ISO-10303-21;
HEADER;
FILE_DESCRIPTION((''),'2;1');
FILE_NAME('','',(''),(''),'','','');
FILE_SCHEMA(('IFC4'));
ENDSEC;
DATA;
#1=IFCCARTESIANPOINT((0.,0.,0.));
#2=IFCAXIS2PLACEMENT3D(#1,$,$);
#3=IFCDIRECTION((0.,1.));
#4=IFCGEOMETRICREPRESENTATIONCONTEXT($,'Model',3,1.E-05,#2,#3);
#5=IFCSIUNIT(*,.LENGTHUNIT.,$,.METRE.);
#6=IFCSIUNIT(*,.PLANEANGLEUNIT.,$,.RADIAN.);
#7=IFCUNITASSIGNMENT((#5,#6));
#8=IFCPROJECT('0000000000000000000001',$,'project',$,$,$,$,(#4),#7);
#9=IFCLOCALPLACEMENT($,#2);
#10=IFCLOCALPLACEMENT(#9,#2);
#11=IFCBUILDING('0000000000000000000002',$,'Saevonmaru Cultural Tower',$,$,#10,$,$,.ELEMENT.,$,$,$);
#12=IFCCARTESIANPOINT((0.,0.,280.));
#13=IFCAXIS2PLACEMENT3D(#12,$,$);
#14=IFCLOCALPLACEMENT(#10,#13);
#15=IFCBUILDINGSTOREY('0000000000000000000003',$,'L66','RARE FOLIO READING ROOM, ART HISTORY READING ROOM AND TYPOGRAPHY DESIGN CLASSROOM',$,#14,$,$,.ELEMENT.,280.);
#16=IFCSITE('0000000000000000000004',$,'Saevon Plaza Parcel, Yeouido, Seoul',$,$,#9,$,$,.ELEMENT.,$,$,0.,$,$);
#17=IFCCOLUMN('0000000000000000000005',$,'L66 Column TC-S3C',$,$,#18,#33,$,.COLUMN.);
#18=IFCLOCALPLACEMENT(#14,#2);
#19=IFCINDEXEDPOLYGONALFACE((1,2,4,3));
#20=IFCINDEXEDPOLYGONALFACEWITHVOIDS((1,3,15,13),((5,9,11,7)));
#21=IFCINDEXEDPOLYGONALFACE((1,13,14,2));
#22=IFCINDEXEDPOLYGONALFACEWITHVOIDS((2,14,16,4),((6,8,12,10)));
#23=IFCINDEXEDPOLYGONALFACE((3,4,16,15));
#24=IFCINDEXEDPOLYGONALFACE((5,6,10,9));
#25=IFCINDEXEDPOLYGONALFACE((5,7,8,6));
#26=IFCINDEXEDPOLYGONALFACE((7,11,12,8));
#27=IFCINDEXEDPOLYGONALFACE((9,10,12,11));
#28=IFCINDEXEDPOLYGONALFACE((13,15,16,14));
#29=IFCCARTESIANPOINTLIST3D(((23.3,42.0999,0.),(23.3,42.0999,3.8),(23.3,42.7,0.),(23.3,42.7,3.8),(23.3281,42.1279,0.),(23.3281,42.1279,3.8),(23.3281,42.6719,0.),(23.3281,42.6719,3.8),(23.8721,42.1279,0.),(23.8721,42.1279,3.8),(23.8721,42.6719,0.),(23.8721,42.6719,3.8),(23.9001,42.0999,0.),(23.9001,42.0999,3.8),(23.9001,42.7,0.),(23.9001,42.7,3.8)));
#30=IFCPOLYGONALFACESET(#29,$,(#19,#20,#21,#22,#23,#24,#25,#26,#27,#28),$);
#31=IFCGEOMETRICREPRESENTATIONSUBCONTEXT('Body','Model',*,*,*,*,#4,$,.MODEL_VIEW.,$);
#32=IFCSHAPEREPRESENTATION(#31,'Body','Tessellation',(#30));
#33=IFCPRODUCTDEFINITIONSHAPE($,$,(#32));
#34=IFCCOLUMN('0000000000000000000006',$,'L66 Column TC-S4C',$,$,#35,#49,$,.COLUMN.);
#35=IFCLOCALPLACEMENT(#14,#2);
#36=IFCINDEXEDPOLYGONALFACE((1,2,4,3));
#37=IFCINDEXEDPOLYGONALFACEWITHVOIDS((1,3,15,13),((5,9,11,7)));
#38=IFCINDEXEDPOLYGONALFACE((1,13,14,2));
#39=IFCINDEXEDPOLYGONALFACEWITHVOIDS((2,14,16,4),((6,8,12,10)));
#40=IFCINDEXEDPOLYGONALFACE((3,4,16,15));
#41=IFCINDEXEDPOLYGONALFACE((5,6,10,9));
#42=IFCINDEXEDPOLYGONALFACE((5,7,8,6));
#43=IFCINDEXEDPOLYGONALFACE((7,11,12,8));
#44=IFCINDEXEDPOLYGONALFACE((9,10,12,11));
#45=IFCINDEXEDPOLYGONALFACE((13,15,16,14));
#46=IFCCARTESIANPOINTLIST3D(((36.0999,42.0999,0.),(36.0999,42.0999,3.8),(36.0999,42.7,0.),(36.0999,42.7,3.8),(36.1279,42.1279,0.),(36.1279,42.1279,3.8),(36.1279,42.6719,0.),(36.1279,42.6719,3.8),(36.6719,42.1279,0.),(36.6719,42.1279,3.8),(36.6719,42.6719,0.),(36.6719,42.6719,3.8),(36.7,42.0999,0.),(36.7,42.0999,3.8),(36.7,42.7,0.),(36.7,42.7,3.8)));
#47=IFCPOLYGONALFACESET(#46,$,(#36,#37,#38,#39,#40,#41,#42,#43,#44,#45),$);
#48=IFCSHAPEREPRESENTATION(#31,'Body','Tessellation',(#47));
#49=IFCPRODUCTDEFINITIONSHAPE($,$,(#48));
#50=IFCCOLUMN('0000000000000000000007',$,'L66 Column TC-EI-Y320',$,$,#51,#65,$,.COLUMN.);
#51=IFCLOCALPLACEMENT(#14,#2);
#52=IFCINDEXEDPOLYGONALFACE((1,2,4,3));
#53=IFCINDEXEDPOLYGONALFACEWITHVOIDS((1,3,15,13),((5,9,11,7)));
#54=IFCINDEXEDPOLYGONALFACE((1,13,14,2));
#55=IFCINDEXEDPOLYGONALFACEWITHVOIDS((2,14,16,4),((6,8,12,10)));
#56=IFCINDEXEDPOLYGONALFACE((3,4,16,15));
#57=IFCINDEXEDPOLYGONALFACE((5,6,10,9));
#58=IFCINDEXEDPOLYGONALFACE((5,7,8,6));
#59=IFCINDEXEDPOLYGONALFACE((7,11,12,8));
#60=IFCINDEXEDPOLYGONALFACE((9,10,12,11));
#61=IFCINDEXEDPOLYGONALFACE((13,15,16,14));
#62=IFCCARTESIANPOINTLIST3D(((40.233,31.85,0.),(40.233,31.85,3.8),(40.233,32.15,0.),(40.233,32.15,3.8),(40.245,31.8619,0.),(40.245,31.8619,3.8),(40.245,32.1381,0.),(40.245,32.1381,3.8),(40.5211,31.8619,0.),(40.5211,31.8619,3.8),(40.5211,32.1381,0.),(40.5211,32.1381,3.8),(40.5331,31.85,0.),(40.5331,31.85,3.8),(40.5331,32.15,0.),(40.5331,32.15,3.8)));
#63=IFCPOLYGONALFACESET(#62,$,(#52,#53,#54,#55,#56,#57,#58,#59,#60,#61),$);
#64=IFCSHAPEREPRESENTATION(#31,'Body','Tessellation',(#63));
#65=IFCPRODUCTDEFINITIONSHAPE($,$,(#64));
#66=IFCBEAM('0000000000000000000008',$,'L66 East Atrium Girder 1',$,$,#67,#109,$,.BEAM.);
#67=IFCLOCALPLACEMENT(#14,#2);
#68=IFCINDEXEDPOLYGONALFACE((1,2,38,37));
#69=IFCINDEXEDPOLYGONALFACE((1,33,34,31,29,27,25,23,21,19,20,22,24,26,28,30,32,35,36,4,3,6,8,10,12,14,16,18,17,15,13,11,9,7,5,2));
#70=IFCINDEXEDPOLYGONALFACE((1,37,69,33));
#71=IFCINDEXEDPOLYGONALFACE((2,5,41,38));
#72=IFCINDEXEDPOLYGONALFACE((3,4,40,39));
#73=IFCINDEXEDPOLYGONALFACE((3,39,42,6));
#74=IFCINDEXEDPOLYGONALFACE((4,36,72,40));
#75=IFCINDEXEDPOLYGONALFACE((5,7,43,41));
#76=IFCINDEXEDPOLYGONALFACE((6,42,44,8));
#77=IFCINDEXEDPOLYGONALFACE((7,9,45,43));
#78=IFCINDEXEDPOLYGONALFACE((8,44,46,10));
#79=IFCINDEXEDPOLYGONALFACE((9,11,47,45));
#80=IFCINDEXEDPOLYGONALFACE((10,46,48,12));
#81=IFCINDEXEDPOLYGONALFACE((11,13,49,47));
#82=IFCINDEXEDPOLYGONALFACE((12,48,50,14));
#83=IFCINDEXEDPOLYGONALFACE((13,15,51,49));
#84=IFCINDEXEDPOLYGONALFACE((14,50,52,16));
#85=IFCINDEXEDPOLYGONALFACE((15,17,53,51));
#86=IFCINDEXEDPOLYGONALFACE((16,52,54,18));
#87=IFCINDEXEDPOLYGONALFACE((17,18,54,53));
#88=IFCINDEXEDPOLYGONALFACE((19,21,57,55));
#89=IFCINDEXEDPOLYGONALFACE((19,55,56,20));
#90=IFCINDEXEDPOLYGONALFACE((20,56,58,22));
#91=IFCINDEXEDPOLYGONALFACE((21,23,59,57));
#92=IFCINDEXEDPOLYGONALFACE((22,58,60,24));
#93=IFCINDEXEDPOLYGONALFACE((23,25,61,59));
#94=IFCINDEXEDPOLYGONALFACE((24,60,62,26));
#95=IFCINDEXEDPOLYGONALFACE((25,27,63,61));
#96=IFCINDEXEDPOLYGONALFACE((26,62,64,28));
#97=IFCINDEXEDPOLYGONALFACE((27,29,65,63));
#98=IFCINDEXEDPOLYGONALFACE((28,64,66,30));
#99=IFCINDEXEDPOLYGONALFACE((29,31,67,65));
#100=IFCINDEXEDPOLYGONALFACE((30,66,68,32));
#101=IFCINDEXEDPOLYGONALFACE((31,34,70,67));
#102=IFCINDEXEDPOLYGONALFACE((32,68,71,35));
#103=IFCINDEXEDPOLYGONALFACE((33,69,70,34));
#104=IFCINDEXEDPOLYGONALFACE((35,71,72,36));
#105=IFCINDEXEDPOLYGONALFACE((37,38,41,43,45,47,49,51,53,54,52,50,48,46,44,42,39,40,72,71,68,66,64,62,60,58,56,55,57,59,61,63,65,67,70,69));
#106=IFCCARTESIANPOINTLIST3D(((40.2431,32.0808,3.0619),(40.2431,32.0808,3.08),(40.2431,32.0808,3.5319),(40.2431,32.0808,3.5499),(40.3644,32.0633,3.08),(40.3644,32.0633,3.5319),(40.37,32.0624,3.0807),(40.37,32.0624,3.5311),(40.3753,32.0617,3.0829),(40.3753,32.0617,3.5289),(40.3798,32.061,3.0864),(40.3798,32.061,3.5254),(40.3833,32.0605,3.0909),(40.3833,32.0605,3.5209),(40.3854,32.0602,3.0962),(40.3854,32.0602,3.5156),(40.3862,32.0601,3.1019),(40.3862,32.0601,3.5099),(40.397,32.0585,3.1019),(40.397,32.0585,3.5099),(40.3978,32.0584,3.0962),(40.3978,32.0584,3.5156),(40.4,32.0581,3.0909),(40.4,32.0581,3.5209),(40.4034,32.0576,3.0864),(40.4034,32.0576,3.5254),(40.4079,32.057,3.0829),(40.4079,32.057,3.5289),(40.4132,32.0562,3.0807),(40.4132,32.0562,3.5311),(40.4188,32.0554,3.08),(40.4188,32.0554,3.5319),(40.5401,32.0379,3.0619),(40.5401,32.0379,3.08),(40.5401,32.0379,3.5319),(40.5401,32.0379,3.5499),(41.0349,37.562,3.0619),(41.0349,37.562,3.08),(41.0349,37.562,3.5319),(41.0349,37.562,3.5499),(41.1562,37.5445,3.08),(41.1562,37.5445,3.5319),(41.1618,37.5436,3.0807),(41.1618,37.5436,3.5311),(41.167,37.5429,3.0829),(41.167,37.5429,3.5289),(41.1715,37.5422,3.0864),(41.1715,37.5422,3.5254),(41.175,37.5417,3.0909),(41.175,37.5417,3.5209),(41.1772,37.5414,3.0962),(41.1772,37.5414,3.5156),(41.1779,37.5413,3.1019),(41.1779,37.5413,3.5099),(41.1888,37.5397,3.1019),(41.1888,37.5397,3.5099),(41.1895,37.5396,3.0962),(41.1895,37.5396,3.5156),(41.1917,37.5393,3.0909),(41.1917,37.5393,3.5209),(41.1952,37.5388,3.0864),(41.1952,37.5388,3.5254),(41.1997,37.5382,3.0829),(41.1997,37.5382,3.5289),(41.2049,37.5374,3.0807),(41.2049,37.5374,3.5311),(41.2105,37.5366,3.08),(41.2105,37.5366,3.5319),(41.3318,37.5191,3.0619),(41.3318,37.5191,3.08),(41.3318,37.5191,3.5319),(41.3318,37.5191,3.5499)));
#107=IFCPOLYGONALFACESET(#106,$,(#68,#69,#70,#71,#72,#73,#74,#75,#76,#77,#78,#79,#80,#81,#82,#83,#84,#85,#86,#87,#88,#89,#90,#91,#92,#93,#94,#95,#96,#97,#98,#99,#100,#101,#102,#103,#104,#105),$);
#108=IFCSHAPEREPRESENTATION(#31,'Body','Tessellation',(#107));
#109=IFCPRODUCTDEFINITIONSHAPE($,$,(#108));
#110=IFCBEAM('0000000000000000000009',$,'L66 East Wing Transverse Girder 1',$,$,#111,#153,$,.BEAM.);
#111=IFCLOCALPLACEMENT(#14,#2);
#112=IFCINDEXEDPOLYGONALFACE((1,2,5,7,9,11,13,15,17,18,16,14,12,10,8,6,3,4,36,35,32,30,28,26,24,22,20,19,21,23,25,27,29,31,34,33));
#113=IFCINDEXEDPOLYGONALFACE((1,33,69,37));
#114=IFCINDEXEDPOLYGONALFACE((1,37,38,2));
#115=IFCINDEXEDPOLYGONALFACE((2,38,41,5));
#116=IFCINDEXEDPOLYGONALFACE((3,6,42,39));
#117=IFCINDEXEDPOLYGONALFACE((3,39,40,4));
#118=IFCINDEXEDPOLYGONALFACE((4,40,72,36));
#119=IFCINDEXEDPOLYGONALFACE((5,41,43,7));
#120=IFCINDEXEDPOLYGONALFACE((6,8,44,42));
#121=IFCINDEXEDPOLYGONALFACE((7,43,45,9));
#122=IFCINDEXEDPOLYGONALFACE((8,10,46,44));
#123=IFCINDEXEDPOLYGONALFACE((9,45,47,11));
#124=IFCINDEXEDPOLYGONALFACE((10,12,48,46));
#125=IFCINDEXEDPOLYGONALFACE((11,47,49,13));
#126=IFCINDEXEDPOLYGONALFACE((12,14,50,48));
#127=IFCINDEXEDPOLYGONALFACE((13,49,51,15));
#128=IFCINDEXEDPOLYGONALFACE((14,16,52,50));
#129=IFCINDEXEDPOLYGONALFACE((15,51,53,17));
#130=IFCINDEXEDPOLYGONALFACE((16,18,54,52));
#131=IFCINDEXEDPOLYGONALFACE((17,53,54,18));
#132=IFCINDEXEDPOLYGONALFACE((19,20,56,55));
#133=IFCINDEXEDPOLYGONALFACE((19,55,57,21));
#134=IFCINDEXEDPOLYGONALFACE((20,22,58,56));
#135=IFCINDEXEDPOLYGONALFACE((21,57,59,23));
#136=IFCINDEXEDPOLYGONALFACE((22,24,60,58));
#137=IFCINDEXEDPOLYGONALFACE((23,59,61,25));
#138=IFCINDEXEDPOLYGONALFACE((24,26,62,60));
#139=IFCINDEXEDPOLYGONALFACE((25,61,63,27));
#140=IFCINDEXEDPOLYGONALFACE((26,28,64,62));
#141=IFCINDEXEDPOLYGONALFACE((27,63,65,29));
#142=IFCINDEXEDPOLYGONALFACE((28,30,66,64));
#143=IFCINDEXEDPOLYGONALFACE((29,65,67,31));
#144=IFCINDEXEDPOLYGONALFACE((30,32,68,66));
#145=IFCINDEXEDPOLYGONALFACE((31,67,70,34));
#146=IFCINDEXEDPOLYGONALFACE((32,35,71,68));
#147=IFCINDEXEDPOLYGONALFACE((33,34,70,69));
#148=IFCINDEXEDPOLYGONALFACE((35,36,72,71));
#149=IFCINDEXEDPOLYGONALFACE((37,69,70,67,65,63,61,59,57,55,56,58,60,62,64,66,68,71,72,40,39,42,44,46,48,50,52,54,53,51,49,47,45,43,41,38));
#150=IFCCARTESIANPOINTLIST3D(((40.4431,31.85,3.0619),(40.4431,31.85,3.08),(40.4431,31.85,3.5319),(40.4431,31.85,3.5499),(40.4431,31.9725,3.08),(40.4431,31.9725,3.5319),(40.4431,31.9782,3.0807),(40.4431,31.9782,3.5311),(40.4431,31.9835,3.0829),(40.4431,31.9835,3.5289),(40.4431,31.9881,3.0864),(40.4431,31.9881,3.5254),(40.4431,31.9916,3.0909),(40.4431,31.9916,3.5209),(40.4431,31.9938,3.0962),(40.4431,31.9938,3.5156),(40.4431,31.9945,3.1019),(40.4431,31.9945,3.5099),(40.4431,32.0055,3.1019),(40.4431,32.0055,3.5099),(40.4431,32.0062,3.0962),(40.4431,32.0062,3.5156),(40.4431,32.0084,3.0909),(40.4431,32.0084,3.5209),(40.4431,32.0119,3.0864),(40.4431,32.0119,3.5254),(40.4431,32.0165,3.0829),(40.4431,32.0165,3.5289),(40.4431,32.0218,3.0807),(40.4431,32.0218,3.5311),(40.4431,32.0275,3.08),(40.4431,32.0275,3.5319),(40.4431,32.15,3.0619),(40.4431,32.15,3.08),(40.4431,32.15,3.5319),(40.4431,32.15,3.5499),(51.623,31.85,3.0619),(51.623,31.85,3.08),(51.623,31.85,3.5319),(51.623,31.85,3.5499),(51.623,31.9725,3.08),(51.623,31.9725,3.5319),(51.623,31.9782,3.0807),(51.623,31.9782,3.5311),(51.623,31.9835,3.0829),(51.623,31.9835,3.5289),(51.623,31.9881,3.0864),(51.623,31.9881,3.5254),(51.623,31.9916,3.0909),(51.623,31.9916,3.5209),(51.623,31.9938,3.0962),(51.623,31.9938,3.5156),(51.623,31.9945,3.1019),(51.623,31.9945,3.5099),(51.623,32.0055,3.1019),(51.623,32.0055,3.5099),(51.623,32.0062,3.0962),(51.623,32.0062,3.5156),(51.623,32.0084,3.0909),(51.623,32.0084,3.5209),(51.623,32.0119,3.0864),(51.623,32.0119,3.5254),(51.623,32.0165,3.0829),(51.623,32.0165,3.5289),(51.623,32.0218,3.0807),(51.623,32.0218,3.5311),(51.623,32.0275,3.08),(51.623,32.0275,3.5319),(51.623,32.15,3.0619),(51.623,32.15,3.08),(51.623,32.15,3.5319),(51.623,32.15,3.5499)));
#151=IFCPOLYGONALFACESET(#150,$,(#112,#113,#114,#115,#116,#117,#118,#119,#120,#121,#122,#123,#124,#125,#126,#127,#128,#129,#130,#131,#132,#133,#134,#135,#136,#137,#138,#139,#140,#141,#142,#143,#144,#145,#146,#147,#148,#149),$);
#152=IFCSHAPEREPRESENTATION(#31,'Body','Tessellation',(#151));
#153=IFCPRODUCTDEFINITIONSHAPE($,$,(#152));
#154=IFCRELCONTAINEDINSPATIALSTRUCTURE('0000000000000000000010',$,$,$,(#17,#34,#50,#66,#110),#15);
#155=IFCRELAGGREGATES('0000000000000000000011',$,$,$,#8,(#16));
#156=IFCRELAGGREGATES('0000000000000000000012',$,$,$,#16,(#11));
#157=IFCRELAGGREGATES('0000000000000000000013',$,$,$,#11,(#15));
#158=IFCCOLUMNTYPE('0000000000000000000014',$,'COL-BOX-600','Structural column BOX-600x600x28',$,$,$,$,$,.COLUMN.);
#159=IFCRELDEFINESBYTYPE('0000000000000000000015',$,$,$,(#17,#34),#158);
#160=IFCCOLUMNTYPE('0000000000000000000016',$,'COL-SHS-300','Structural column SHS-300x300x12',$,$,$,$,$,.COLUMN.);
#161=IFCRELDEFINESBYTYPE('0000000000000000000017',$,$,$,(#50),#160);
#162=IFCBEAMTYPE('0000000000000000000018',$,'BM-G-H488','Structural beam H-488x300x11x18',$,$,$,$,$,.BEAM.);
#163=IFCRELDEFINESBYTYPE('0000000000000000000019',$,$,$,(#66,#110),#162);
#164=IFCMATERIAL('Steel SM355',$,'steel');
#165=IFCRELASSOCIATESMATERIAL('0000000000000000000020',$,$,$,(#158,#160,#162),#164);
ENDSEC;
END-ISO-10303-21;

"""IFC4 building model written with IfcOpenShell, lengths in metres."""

from ifc_helpers import new_model, si_unit, direction, frame, origin, origin_2d, place, context, subcontext, project, spatial, hollow_rectangle, i_section, extrude, material, material_profile, profile_set, type_object, element, save


model = new_model("IFC4")

# Units and contexts
model_context = context("Model", 3, precision=1e-05, world=origin(), true_north=direction((0.0, 1.0)))
body_context = subcontext(model_context, "Body", "Model", "MODEL_VIEW")
ifc_project = project(units=[si_unit("LENGTHUNIT", "METRE"), si_unit("PLANEANGLEUNIT", "RADIAN")], contexts=[model_context])

# Site, building, storey
site_placement = place(None, origin())
site = spatial("IfcSite", under=ifc_project, at=site_placement, Name="Saevon Plaza Parcel, Yeouido, Seoul", CompositionType="ELEMENT", RefElevation=0.0)
building_placement = place(site_placement, origin())
building = spatial("IfcBuilding", under=site, at=building_placement, Name="Saevonmaru Cultural Tower", CompositionType="ELEMENT")
storey_placement = place(building_placement, frame((0.0, 0.0, 280.0)))
storey = spatial("IfcBuildingStorey", under=building, at=storey_placement, Name="L66", Description="RARE FOLIO READING ROOM, ART HISTORY READING ROOM AND TYPOGRAPHY DESIGN CLASSROOM", CompositionType="ELEMENT", Elevation=280.0)

# Columns
ifc_material_1 = material(Name="Steel SM355", Category="steel")
ifc_material_profile_1 = material_profile(ifc_material_1, hollow_rectangle(XDim=0.6001, YDim=0.6001, WallThickness=0.0281, at=origin_2d()), Name="BOX-600x600x28")
ifc_profile_set_1 = profile_set([ifc_material_profile_1], Name="Steel SM355")
column_type_1 = type_object("IfcColumnType", Name="COL-BOX-600", Description="Structural column BOX-600x600x28", PredefinedType="COLUMN", material=ifc_profile_set_1)
for number, where, z_axis, x_axis, name in (
    (1, (23.6001, 42.3999, 0.0), (0.0, 0.0, 1.0), (1.0, 0.0, 0.0), "L66 Column TC-S3C"),
    (2, (36.3999, 42.3999, 0.0), (0.0, 0.0, 1.0), (1.0, 0.0, 0.0), "L66 Column TC-S4C"),
):
    element("IfcColumn", number, at=place(storey_placement, frame(where, z_axis=z_axis, x_axis=x_axis)), inside=storey, type_object=column_type_1, Name=name, PredefinedType="COLUMN", context=body_context, shape_type="SweptSolid", body=[
        extrude(hollow_rectangle(XDim=0.6001, YDim=0.6001, WallThickness=0.0281, at=origin_2d()), origin(), (0.0, 0.0, 1.0), 3.8),
    ])
ifc_material_profile_2 = material_profile(ifc_material_1, hollow_rectangle(XDim=0.3, YDim=0.3, WallThickness=0.012, at=origin_2d()), Name="SHS-300x300x12")
ifc_profile_set_2 = profile_set([ifc_material_profile_2], Name="Steel SM355")
column_type_2 = type_object("IfcColumnType", Name="COL-SHS-300", Description="Structural column SHS-300x300x12", PredefinedType="COLUMN", material=ifc_profile_set_2)
column_placement = place(storey_placement, frame((40.3831, 32.0, 0.0), z_axis=(0.0, 0.0, 1.0), x_axis=(1.0, 0.0, 0.0)))
element("IfcColumn", 3, at=column_placement, inside=storey, type_object=column_type_2, Name="L66 Column TC-EI-Y320", PredefinedType="COLUMN", context=body_context, shape_type="SweptSolid", body=[
    extrude(hollow_rectangle(XDim=0.3, YDim=0.3, WallThickness=0.012, at=origin_2d()), origin(), (0.0, 0.0, 1.0), 3.8),
])

# Beams
ifc_material_profile_3 = material_profile(ifc_material_1, i_section(OverallWidth=0.3, OverallDepth=0.488, WebThickness=0.011, FlangeThickness=0.0181, FilletRadius=0.022, at=origin_2d()), Name="H-488x300x11x18")
ifc_profile_set_3 = profile_set([ifc_material_profile_3], Name="Steel SM355")
beam_type_1 = type_object("IfcBeamType", Name="BM-G-H488", Description="Structural beam H-488x300x11x18", PredefinedType="BEAM", material=ifc_profile_set_3)
beam_1_placement = place(storey_placement, frame((40.3916, 32.0593, 3.3059), z_axis=(0.142964, 0.989728, 0.0), x_axis=(-0.989728, 0.142964, 0.0)))
element("IfcBeam", 4, at=beam_1_placement, inside=storey, type_object=beam_type_1, Name="L66 East Atrium Girder 1", PredefinedType="BEAM", context=body_context, shape_type="SweptSolid", body=[
    extrude(i_section(OverallWidth=0.3, OverallDepth=0.488, WebThickness=0.011, FlangeThickness=0.0181, FilletRadius=0.022, at=origin_2d()), origin(), (0.0, 0.0, 1.0), 5.5381),
])
beam_2_placement = place(storey_placement, frame((40.4431, 32.0, 3.3059), z_axis=(1.0, 0.0, 0.0), x_axis=(0.0, 1.0, 0.0)))
element("IfcBeam", 5, at=beam_2_placement, inside=storey, type_object=beam_type_1, Name="L66 East Wing Transverse Girder 1", PredefinedType="BEAM", context=body_context, shape_type="SweptSolid", body=[
    extrude(i_section(OverallWidth=0.3, OverallDepth=0.488, WebThickness=0.011, FlangeThickness=0.0181, FilletRadius=0.022, at=origin_2d()), origin(), (0.0, 0.0, 1.0), 11.1799),
])

save(model, "model.ifc")
